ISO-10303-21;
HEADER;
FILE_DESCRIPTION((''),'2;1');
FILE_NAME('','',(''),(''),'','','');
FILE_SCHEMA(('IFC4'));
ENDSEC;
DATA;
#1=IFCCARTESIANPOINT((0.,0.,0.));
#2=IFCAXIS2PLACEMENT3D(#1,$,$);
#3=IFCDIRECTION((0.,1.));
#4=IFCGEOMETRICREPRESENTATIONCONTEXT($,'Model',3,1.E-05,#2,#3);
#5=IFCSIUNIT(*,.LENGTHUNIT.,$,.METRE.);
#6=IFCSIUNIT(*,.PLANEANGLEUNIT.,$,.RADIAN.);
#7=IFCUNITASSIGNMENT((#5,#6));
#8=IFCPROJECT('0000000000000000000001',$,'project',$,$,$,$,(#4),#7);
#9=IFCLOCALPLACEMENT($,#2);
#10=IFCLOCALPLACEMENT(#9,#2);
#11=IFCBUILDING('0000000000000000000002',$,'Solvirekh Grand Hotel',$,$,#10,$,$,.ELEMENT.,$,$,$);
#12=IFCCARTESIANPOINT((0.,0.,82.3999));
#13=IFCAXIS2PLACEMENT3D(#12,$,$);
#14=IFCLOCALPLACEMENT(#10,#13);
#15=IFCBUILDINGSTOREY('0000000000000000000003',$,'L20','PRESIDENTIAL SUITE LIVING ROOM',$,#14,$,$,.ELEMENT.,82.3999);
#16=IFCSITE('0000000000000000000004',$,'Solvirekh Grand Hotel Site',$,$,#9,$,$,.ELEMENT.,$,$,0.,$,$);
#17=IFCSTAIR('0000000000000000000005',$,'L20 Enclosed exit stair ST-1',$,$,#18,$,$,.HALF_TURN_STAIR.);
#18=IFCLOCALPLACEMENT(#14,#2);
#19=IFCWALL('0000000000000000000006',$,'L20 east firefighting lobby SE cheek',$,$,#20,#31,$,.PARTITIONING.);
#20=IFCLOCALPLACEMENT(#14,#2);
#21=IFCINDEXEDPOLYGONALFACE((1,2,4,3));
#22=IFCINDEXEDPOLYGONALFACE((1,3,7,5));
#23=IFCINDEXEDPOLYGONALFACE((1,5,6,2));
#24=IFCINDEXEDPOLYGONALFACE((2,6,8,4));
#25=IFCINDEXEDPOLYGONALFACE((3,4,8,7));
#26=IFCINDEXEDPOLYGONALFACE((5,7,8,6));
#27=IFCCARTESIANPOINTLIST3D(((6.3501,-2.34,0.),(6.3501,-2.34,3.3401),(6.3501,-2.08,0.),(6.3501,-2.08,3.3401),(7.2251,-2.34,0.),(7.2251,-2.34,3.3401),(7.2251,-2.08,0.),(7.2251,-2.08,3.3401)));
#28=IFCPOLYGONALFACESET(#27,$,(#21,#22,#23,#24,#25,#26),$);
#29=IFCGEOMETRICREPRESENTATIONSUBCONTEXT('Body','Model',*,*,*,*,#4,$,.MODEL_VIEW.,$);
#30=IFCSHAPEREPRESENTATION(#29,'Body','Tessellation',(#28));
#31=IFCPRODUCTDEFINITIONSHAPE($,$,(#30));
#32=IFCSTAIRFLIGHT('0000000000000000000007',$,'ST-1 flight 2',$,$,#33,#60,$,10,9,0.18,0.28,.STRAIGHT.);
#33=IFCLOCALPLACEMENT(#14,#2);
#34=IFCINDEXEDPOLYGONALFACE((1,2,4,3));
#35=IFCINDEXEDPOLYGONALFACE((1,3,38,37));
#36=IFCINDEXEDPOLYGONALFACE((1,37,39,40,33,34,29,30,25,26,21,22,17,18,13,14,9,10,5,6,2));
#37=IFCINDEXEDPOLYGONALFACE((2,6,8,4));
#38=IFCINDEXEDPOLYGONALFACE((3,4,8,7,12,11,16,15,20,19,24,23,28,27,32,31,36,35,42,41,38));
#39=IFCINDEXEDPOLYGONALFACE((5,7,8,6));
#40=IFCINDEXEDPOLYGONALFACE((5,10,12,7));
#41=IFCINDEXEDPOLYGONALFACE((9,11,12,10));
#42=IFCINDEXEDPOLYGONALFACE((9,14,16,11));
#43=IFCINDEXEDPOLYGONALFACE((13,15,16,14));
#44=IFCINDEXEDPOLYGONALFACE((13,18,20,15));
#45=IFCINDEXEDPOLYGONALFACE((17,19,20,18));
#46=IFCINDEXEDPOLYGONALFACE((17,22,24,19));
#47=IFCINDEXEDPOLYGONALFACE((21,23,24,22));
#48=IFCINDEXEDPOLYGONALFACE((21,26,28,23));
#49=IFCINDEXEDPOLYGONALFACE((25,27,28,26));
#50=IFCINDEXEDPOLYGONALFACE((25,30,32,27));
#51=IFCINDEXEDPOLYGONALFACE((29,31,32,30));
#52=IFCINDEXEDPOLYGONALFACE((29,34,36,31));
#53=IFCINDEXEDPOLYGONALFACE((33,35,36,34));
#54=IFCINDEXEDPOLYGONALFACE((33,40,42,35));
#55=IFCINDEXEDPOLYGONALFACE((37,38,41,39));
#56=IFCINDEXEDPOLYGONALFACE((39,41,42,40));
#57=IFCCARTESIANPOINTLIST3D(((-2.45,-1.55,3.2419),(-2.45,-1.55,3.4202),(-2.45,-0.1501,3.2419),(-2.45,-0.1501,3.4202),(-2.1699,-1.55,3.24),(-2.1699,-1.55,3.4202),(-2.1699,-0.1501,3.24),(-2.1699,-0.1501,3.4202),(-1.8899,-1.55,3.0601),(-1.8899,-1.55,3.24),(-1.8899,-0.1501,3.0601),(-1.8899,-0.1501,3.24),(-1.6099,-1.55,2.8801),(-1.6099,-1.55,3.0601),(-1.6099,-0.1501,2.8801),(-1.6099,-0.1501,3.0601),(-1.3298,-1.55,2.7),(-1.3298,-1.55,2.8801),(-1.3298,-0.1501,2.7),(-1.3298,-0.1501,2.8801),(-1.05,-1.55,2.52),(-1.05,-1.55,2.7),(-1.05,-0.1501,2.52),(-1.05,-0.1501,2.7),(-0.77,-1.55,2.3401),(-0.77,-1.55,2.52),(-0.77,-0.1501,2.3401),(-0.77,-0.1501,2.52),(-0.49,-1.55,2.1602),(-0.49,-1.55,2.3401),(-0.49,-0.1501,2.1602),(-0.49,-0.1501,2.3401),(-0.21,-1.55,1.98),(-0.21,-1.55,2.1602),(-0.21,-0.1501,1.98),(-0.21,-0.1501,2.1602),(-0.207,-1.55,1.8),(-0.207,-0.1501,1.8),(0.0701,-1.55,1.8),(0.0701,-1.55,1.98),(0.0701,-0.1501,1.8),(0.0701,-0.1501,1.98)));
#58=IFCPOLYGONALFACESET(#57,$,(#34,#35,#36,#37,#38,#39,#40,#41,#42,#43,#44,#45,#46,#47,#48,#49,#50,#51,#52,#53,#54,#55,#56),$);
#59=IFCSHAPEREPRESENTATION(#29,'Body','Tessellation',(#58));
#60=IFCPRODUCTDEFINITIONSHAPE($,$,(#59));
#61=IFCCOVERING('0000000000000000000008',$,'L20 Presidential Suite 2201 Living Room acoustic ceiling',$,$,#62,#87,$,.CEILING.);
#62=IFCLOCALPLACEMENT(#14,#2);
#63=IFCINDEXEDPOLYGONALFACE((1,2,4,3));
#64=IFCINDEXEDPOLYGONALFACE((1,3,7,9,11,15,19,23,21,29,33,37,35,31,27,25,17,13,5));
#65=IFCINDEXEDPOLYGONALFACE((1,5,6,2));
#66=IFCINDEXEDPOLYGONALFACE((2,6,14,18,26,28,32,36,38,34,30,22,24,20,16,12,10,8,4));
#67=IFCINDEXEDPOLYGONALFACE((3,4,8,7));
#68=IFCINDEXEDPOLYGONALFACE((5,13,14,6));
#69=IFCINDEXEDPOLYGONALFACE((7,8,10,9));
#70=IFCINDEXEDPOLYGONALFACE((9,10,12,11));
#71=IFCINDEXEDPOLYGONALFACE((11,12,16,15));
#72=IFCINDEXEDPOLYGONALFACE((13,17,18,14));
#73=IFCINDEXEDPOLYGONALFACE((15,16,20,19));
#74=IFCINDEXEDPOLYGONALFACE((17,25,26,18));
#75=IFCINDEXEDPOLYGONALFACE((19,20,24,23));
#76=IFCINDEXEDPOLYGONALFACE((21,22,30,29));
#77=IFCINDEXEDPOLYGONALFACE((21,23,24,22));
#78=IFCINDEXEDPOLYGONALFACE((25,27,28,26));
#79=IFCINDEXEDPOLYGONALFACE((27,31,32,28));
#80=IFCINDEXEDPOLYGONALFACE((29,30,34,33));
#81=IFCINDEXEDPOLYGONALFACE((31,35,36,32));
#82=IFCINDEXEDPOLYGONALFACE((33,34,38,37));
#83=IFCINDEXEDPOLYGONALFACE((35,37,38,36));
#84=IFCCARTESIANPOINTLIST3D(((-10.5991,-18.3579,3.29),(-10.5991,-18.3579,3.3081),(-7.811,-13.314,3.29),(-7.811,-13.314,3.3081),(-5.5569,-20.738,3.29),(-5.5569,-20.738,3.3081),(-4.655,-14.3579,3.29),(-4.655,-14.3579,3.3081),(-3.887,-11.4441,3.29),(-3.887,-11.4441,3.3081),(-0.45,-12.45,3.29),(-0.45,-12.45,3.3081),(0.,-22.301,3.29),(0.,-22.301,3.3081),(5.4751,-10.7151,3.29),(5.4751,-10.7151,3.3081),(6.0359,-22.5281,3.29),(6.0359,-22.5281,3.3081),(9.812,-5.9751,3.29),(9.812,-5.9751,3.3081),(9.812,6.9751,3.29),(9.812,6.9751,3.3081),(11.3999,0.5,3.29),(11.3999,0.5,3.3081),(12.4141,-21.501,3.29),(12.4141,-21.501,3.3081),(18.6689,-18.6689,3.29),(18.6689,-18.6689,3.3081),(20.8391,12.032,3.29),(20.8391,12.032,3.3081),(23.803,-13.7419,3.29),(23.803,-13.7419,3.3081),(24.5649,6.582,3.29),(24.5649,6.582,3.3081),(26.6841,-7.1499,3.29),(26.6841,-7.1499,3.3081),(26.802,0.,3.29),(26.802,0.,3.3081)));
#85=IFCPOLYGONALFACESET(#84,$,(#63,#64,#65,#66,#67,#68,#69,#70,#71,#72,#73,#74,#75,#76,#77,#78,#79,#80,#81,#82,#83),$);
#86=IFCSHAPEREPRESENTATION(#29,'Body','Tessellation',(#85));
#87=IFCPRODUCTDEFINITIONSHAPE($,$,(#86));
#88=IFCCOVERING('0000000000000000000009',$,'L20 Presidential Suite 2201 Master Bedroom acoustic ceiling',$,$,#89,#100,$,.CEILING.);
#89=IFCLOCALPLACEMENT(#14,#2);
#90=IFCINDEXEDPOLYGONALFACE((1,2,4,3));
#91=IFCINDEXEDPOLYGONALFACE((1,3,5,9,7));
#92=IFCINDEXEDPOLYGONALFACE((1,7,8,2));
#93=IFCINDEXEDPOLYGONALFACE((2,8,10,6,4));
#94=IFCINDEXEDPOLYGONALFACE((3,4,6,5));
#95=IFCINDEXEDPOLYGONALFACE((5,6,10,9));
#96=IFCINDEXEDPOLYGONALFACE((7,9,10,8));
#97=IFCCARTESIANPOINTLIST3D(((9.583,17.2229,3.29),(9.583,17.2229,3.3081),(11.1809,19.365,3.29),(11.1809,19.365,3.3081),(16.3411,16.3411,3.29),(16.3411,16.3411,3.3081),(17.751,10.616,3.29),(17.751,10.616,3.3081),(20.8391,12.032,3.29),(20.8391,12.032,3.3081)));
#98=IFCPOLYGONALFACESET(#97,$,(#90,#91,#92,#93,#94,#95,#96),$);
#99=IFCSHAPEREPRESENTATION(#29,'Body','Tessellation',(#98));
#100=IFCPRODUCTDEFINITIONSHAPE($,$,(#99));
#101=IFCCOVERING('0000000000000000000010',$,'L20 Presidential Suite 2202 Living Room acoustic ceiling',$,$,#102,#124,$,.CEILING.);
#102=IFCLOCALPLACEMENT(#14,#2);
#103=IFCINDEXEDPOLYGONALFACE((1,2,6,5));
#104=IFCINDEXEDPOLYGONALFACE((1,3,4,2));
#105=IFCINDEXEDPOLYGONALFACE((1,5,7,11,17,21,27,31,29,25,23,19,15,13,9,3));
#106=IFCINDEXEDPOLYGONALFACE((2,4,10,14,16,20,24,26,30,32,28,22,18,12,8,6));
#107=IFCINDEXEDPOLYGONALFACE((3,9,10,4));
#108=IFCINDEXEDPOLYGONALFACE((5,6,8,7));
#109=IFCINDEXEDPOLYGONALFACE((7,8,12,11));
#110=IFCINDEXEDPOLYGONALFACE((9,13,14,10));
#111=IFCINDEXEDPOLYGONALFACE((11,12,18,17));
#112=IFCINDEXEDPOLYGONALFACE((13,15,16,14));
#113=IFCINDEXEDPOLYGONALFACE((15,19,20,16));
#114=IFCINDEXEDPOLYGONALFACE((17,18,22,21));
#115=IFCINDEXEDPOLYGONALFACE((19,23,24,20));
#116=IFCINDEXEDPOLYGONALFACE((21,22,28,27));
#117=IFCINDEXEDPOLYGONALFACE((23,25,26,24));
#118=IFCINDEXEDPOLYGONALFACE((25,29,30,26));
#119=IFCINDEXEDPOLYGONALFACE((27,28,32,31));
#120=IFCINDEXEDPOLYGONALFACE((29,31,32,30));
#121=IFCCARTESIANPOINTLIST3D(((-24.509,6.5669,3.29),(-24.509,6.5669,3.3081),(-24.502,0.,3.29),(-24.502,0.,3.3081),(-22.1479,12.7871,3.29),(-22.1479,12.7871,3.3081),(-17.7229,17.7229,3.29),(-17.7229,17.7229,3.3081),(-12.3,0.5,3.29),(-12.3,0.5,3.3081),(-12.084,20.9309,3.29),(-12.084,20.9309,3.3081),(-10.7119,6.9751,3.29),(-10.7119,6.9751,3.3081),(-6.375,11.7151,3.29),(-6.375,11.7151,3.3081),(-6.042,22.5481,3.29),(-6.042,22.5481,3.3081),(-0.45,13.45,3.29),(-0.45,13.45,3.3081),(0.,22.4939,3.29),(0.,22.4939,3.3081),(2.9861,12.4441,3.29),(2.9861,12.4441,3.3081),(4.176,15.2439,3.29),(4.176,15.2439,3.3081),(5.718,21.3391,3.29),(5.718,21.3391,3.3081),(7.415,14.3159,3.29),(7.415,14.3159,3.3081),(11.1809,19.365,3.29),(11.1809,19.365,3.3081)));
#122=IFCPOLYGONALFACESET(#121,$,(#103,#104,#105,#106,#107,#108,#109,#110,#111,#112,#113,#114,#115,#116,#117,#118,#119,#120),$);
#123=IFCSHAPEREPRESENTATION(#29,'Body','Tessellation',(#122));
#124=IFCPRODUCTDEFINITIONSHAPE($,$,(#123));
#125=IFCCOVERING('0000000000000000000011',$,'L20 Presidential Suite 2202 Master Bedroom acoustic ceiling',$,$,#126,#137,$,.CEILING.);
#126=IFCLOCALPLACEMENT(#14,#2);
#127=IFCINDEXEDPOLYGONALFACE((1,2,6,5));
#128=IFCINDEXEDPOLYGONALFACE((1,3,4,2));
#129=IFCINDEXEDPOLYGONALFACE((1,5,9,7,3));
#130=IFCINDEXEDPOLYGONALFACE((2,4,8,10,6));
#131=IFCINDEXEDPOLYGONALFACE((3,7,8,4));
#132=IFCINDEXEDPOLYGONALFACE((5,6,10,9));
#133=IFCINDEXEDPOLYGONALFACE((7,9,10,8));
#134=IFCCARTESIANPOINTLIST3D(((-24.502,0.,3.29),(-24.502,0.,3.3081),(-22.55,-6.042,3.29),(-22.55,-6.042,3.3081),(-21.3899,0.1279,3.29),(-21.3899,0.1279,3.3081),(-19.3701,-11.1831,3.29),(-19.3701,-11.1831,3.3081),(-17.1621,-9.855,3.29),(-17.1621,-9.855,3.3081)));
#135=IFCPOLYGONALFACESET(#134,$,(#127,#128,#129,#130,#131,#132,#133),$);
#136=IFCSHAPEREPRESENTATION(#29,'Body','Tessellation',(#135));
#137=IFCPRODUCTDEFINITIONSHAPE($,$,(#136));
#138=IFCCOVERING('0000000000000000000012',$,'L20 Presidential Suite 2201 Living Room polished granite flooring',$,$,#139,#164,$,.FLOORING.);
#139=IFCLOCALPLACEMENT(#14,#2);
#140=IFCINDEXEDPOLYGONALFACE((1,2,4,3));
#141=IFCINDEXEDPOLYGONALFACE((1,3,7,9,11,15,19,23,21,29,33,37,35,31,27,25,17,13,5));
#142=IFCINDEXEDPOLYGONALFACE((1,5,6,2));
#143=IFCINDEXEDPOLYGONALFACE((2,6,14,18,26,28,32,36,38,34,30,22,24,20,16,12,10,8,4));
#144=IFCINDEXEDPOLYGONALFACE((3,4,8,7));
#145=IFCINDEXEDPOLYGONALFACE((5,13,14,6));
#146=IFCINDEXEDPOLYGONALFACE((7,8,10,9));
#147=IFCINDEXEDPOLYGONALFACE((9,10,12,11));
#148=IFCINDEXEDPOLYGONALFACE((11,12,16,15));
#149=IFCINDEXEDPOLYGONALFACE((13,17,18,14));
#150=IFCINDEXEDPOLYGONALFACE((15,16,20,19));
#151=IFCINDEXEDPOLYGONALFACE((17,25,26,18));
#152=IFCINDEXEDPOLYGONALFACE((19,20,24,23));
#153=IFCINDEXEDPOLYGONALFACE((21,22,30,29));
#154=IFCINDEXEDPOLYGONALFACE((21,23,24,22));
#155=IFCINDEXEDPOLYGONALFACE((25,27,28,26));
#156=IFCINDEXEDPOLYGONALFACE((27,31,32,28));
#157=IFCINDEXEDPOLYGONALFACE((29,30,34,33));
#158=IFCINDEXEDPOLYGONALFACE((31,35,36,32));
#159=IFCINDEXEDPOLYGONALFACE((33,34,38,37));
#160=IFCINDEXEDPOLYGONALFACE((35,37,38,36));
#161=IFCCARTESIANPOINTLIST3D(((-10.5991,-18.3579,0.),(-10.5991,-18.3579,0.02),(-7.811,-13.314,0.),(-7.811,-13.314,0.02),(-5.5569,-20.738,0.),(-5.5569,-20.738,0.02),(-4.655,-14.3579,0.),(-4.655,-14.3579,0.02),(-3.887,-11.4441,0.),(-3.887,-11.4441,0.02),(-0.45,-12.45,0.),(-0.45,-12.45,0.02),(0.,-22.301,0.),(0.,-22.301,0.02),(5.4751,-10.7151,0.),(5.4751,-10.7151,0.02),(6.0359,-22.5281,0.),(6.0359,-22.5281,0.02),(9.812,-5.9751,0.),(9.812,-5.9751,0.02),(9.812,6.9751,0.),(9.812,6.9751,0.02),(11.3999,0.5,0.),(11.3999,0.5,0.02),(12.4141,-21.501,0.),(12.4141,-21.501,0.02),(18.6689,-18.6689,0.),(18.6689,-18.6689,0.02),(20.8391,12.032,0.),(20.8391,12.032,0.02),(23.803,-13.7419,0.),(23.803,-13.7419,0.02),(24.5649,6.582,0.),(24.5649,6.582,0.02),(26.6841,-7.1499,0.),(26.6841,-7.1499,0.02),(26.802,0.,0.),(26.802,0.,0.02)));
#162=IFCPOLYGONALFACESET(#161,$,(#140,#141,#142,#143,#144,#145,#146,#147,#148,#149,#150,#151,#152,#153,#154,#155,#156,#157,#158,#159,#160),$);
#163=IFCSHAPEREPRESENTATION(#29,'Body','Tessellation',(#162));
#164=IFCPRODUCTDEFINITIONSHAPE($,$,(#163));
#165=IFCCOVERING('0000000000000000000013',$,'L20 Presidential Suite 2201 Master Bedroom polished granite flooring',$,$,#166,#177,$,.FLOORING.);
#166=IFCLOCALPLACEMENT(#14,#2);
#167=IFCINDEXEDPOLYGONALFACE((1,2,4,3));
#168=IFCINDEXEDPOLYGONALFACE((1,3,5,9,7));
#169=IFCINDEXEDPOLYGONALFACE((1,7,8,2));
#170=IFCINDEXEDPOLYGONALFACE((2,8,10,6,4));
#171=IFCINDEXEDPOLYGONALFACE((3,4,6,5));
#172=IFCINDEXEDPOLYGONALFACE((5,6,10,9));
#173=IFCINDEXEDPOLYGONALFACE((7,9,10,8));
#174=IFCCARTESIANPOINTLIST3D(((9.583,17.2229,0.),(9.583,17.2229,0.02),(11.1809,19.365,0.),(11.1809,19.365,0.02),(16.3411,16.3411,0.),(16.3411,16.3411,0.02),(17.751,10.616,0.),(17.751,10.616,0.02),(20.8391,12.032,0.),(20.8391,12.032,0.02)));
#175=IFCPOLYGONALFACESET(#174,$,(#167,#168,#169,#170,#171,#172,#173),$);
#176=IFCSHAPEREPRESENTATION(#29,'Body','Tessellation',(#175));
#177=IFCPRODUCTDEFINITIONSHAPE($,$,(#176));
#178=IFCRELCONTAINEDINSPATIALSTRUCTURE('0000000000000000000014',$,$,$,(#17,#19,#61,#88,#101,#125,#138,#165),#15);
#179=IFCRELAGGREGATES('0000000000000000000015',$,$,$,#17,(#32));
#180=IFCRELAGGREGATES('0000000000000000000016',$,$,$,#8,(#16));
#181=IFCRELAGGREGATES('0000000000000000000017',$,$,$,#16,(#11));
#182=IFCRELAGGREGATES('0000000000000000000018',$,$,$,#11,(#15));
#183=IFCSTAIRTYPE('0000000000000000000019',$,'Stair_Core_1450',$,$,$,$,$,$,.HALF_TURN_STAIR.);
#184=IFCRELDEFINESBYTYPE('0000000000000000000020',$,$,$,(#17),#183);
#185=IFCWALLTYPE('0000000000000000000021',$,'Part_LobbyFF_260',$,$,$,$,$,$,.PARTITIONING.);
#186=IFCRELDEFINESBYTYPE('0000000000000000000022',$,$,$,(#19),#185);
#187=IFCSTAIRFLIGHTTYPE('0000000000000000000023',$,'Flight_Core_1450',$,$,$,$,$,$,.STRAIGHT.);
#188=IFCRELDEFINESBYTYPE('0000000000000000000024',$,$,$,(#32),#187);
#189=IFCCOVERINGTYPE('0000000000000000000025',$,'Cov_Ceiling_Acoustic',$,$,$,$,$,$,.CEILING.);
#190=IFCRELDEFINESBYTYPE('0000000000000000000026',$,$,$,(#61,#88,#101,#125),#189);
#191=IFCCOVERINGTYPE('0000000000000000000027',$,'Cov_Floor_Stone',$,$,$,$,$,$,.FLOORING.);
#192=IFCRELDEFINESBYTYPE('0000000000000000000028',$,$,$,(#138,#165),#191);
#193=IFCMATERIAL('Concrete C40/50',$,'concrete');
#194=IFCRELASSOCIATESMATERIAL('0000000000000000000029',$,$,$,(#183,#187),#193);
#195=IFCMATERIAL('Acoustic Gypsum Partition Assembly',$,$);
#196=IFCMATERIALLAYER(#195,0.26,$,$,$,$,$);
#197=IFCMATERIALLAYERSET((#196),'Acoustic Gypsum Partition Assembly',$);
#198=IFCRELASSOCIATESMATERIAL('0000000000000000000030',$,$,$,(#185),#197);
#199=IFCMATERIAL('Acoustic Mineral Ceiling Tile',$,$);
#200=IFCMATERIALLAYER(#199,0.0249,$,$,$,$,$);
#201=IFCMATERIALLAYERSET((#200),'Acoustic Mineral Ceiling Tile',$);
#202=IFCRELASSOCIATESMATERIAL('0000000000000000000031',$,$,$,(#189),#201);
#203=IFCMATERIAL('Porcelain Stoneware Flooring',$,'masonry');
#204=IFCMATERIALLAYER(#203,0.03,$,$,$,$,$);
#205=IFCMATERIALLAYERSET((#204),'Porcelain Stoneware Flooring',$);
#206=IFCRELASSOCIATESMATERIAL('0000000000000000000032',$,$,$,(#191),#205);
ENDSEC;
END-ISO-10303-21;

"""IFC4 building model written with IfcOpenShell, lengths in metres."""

from ifc_helpers import new_model, si_unit, direction, frame, frame_2d, origin, place, context, subcontext, project, spatial, polyline, rectangle, outline, extrude, material, layer, layer_set, type_object, element, aggregate, save


model = new_model("IFC4")

# Units and contexts
model_context = context("Model", 3, precision=1e-05, world=origin(), true_north=direction((0.0, 1.0)))
body_context = subcontext(model_context, "Body", "Model", "MODEL_VIEW")
ifc_project = project(units=[si_unit("LENGTHUNIT", "METRE"), si_unit("PLANEANGLEUNIT", "RADIAN")], contexts=[model_context])

# Site, building, storey
site_placement = place(None, origin())
site = spatial("IfcSite", under=ifc_project, at=site_placement, Name="Solvirekh Grand Hotel Site", CompositionType="ELEMENT", RefElevation=0.0)
building_placement = place(site_placement, origin())
building = spatial("IfcBuilding", under=site, at=building_placement, Name="Solvirekh Grand Hotel", CompositionType="ELEMENT")
storey_placement = place(building_placement, frame((0.0, 0.0, 82.3999)))
storey = spatial("IfcBuildingStorey", under=building, at=storey_placement, Name="L20", Description="PRESIDENTIAL SUITE LIVING ROOM", CompositionType="ELEMENT", Elevation=82.3999)

# Stair
ifc_material_1 = material(Name="Concrete C40/50", Category="concrete")
stair_type = type_object("IfcStairType", Name="Stair_Core_1450", PredefinedType="HALF_TURN_STAIR", material=ifc_material_1)
stair_1_placement = place(storey_placement, origin())
stair_1 = element("IfcStair", 1, at=stair_1_placement, inside=storey, type_object=stair_type, Name="L20 Enclosed exit stair ST-1", PredefinedType="HALF_TURN_STAIR")

# Wall
ifc_material_2 = material(Name="Acoustic Gypsum Partition Assembly")
ifc_layer_1 = layer(ifc_material_2, 0.26)
ifc_layer_set_1 = layer_set([ifc_layer_1], Name="Acoustic Gypsum Partition Assembly")
wall_type_1 = type_object("IfcWallType", Name="Part_LobbyFF_260", PredefinedType="PARTITIONING", material=ifc_layer_set_1)
wall_1_placement = place(storey_placement, frame((6.3501, -2.21, 0.0), z_axis=(0.0, 0.0, 1.0), x_axis=(1.0, 0.0, 0.0)))
element("IfcWall", 2, at=wall_1_placement, inside=storey, type_object=wall_type_1, Name="L20 east firefighting lobby SE cheek", PredefinedType="PARTITIONING", context=body_context, shape_type="SweptSolid", body=[
    extrude(rectangle(XDim=0.875, YDim=0.26, at=frame_2d((0.4375, 0.0))), origin(), (0.0, 0.0, 1.0), 3.3401),
])

# Stair flight
stair_flight_type = type_object("IfcStairFlightType", Name="Flight_Core_1450", PredefinedType="STRAIGHT", material=ifc_material_1)
stair_flight_placement = place(storey_placement, frame((0.0701, -0.8501, 1.8), z_axis=(0.0, 0.0, 1.0), x_axis=(-1.0, 0.0, 0.0)))
stair_flight = element("IfcStairFlight", 3, at=stair_flight_placement, type_object=stair_flight_type, Name="ST-1 flight 2", NumberOfRisers=10, NumberOfTreads=9, PredefinedType="STRAIGHT", RiserHeight=0.18, TreadLength=0.28, context=body_context, shape_type="SweptSolid", body=[
    extrude(outline(polyline([(0.0, 0.0), (0.0, 0.1799), (0.28, 0.1799), (0.28, 0.3601), (0.5601, 0.3601), (0.5601, 0.54), (0.8401, 0.54), (0.8401, 0.72), (1.1201, 0.72), (1.1201, 0.8999), (1.3999, 0.8999), (1.3999, 1.0801), (1.6799, 1.0801), (1.6799, 1.26), (1.96, 1.26), (1.96, 1.4399), (2.24, 1.4399), (2.24, 1.6201), (2.52, 1.6201), (2.52, 1.8), (2.52, 1.4419), (0.2771, 0.0), (0.0, 0.0)])), frame((0.0, 0.7, 0.0), z_axis=(0.0, -1.0, 0.0), x_axis=(1.0, 0.0, 0.0)), (0.0, 0.0, 1.0), 1.3999),
])
aggregate(stair_1, [stair_flight])

# Coverings
ifc_material_3 = material(Name="Acoustic Mineral Ceiling Tile")
ifc_layer_2 = layer(ifc_material_3, 0.0249)
ifc_layer_set_2 = layer_set([ifc_layer_2], Name="Acoustic Mineral Ceiling Tile")
covering_type_1 = type_object("IfcCoveringType", Name="Cov_Ceiling_Acoustic", PredefinedType="CEILING", material=ifc_layer_set_2)
covering_1_placement = place(storey_placement, frame((0.0, 0.0, 3.29)))
element("IfcCovering", 4, at=covering_1_placement, inside=storey, type_object=covering_type_1, Name="L20 Presidential Suite 2201 Living Room acoustic ceiling", PredefinedType="CEILING", context=body_context, shape_type="SweptSolid", body=[
    extrude(outline(polyline([(-4.655, -14.3579), (-7.811, -13.314), (-10.5991, -18.3579), (-5.5569, -20.738), (0.0, -22.301), (6.0359, -22.5281), (12.4141, -21.501), (18.6689, -18.6689), (23.803, -13.7419), (26.6841, -7.1499), (26.802, 0.0), (24.5649, 6.582), (20.8391, 12.032), (9.812, 6.9751), (11.3999, 0.5), (9.812, -5.9751), (5.4751, -10.7151), (-0.45, -12.45), (-3.887, -11.4441), (-4.655, -14.3579)])), origin(), (0.0, 0.0, 1.0), 0.0181),
])
covering_2_placement = place(storey_placement, frame((0.0, 0.0, 3.29)))
element("IfcCovering", 5, at=covering_2_placement, inside=storey, type_object=covering_type_1, Name="L20 Presidential Suite 2201 Master Bedroom acoustic ceiling", PredefinedType="CEILING", context=body_context, shape_type="SweptSolid", body=[
    extrude(outline(polyline([(20.8391, 12.032), (16.3411, 16.3411), (11.1809, 19.365), (9.583, 17.2229), (17.751, 10.616), (20.8391, 12.032)])), origin(), (0.0, 0.0, 1.0), 0.0181),
])
covering_3_placement = place(storey_placement, frame((0.0, 0.0, 3.29)))
element("IfcCovering", 6, at=covering_3_placement, inside=storey, type_object=covering_type_1, Name="L20 Presidential Suite 2202 Living Room acoustic ceiling", PredefinedType="CEILING", context=body_context, shape_type="SweptSolid", body=[
    extrude(outline(polyline([(4.176, 15.2439), (7.415, 14.3159), (11.1809, 19.365), (5.718, 21.3391), (0.0, 22.4939), (-6.042, 22.5481), (-12.084, 20.9309), (-17.7229, 17.7229), (-22.1479, 12.7871), (-24.509, 6.5669), (-24.502, 0.0), (-12.3, 0.5), (-10.7119, 6.9751), (-6.375, 11.7151), (-0.45, 13.45), (2.9861, 12.4441), (4.176, 15.2439)])), origin(), (0.0, 0.0, 1.0), 0.0181),
])
covering_4_placement = place(storey_placement, frame((0.0, 0.0, 3.29)))
element("IfcCovering", 7, at=covering_4_placement, inside=storey, type_object=covering_type_1, Name="L20 Presidential Suite 2202 Master Bedroom acoustic ceiling", PredefinedType="CEILING", context=body_context, shape_type="SweptSolid", body=[
    extrude(outline(polyline([(-24.502, 0.0), (-22.55, -6.042), (-19.3701, -11.1831), (-17.1621, -9.855), (-21.3899, 0.1279), (-24.502, 0.0)])), origin(), (0.0, 0.0, 1.0), 0.0181),
])
ifc_material_4 = material(Name="Porcelain Stoneware Flooring", Category="masonry")
ifc_layer_3 = layer(ifc_material_4, 0.03)
ifc_layer_set_3 = layer_set([ifc_layer_3], Name="Porcelain Stoneware Flooring")
covering_type_2 = type_object("IfcCoveringType", Name="Cov_Floor_Stone", PredefinedType="FLOORING", material=ifc_layer_set_3)
covering_5_placement = place(storey_placement, origin())
element("IfcCovering", 8, at=covering_5_placement, inside=storey, type_object=covering_type_2, Name="L20 Presidential Suite 2201 Living Room polished granite flooring", PredefinedType="FLOORING", context=body_context, shape_type="SweptSolid", body=[
    extrude(outline(polyline([(-4.655, -14.3579), (-7.811, -13.314), (-10.5991, -18.3579), (-5.5569, -20.738), (0.0, -22.301), (6.0359, -22.5281), (12.4141, -21.501), (18.6689, -18.6689), (23.803, -13.7419), (26.6841, -7.1499), (26.802, 0.0), (24.5649, 6.582), (20.8391, 12.032), (9.812, 6.9751), (11.3999, 0.5), (9.812, -5.9751), (5.4751, -10.7151), (-0.45, -12.45), (-3.887, -11.4441), (-4.655, -14.3579)])), origin(), (0.0, 0.0, 1.0), 0.02),
])
covering_6_placement = place(storey_placement, origin())
element("IfcCovering", 9, at=covering_6_placement, inside=storey, type_object=covering_type_2, Name="L20 Presidential Suite 2201 Master Bedroom polished granite flooring", PredefinedType="FLOORING", context=body_context, shape_type="SweptSolid", body=[
    extrude(outline(polyline([(20.8391, 12.032), (16.3411, 16.3411), (11.1809, 19.365), (9.583, 17.2229), (17.751, 10.616), (20.8391, 12.032)])), origin(), (0.0, 0.0, 1.0), 0.02),
])

save(model, "model.ifc")
